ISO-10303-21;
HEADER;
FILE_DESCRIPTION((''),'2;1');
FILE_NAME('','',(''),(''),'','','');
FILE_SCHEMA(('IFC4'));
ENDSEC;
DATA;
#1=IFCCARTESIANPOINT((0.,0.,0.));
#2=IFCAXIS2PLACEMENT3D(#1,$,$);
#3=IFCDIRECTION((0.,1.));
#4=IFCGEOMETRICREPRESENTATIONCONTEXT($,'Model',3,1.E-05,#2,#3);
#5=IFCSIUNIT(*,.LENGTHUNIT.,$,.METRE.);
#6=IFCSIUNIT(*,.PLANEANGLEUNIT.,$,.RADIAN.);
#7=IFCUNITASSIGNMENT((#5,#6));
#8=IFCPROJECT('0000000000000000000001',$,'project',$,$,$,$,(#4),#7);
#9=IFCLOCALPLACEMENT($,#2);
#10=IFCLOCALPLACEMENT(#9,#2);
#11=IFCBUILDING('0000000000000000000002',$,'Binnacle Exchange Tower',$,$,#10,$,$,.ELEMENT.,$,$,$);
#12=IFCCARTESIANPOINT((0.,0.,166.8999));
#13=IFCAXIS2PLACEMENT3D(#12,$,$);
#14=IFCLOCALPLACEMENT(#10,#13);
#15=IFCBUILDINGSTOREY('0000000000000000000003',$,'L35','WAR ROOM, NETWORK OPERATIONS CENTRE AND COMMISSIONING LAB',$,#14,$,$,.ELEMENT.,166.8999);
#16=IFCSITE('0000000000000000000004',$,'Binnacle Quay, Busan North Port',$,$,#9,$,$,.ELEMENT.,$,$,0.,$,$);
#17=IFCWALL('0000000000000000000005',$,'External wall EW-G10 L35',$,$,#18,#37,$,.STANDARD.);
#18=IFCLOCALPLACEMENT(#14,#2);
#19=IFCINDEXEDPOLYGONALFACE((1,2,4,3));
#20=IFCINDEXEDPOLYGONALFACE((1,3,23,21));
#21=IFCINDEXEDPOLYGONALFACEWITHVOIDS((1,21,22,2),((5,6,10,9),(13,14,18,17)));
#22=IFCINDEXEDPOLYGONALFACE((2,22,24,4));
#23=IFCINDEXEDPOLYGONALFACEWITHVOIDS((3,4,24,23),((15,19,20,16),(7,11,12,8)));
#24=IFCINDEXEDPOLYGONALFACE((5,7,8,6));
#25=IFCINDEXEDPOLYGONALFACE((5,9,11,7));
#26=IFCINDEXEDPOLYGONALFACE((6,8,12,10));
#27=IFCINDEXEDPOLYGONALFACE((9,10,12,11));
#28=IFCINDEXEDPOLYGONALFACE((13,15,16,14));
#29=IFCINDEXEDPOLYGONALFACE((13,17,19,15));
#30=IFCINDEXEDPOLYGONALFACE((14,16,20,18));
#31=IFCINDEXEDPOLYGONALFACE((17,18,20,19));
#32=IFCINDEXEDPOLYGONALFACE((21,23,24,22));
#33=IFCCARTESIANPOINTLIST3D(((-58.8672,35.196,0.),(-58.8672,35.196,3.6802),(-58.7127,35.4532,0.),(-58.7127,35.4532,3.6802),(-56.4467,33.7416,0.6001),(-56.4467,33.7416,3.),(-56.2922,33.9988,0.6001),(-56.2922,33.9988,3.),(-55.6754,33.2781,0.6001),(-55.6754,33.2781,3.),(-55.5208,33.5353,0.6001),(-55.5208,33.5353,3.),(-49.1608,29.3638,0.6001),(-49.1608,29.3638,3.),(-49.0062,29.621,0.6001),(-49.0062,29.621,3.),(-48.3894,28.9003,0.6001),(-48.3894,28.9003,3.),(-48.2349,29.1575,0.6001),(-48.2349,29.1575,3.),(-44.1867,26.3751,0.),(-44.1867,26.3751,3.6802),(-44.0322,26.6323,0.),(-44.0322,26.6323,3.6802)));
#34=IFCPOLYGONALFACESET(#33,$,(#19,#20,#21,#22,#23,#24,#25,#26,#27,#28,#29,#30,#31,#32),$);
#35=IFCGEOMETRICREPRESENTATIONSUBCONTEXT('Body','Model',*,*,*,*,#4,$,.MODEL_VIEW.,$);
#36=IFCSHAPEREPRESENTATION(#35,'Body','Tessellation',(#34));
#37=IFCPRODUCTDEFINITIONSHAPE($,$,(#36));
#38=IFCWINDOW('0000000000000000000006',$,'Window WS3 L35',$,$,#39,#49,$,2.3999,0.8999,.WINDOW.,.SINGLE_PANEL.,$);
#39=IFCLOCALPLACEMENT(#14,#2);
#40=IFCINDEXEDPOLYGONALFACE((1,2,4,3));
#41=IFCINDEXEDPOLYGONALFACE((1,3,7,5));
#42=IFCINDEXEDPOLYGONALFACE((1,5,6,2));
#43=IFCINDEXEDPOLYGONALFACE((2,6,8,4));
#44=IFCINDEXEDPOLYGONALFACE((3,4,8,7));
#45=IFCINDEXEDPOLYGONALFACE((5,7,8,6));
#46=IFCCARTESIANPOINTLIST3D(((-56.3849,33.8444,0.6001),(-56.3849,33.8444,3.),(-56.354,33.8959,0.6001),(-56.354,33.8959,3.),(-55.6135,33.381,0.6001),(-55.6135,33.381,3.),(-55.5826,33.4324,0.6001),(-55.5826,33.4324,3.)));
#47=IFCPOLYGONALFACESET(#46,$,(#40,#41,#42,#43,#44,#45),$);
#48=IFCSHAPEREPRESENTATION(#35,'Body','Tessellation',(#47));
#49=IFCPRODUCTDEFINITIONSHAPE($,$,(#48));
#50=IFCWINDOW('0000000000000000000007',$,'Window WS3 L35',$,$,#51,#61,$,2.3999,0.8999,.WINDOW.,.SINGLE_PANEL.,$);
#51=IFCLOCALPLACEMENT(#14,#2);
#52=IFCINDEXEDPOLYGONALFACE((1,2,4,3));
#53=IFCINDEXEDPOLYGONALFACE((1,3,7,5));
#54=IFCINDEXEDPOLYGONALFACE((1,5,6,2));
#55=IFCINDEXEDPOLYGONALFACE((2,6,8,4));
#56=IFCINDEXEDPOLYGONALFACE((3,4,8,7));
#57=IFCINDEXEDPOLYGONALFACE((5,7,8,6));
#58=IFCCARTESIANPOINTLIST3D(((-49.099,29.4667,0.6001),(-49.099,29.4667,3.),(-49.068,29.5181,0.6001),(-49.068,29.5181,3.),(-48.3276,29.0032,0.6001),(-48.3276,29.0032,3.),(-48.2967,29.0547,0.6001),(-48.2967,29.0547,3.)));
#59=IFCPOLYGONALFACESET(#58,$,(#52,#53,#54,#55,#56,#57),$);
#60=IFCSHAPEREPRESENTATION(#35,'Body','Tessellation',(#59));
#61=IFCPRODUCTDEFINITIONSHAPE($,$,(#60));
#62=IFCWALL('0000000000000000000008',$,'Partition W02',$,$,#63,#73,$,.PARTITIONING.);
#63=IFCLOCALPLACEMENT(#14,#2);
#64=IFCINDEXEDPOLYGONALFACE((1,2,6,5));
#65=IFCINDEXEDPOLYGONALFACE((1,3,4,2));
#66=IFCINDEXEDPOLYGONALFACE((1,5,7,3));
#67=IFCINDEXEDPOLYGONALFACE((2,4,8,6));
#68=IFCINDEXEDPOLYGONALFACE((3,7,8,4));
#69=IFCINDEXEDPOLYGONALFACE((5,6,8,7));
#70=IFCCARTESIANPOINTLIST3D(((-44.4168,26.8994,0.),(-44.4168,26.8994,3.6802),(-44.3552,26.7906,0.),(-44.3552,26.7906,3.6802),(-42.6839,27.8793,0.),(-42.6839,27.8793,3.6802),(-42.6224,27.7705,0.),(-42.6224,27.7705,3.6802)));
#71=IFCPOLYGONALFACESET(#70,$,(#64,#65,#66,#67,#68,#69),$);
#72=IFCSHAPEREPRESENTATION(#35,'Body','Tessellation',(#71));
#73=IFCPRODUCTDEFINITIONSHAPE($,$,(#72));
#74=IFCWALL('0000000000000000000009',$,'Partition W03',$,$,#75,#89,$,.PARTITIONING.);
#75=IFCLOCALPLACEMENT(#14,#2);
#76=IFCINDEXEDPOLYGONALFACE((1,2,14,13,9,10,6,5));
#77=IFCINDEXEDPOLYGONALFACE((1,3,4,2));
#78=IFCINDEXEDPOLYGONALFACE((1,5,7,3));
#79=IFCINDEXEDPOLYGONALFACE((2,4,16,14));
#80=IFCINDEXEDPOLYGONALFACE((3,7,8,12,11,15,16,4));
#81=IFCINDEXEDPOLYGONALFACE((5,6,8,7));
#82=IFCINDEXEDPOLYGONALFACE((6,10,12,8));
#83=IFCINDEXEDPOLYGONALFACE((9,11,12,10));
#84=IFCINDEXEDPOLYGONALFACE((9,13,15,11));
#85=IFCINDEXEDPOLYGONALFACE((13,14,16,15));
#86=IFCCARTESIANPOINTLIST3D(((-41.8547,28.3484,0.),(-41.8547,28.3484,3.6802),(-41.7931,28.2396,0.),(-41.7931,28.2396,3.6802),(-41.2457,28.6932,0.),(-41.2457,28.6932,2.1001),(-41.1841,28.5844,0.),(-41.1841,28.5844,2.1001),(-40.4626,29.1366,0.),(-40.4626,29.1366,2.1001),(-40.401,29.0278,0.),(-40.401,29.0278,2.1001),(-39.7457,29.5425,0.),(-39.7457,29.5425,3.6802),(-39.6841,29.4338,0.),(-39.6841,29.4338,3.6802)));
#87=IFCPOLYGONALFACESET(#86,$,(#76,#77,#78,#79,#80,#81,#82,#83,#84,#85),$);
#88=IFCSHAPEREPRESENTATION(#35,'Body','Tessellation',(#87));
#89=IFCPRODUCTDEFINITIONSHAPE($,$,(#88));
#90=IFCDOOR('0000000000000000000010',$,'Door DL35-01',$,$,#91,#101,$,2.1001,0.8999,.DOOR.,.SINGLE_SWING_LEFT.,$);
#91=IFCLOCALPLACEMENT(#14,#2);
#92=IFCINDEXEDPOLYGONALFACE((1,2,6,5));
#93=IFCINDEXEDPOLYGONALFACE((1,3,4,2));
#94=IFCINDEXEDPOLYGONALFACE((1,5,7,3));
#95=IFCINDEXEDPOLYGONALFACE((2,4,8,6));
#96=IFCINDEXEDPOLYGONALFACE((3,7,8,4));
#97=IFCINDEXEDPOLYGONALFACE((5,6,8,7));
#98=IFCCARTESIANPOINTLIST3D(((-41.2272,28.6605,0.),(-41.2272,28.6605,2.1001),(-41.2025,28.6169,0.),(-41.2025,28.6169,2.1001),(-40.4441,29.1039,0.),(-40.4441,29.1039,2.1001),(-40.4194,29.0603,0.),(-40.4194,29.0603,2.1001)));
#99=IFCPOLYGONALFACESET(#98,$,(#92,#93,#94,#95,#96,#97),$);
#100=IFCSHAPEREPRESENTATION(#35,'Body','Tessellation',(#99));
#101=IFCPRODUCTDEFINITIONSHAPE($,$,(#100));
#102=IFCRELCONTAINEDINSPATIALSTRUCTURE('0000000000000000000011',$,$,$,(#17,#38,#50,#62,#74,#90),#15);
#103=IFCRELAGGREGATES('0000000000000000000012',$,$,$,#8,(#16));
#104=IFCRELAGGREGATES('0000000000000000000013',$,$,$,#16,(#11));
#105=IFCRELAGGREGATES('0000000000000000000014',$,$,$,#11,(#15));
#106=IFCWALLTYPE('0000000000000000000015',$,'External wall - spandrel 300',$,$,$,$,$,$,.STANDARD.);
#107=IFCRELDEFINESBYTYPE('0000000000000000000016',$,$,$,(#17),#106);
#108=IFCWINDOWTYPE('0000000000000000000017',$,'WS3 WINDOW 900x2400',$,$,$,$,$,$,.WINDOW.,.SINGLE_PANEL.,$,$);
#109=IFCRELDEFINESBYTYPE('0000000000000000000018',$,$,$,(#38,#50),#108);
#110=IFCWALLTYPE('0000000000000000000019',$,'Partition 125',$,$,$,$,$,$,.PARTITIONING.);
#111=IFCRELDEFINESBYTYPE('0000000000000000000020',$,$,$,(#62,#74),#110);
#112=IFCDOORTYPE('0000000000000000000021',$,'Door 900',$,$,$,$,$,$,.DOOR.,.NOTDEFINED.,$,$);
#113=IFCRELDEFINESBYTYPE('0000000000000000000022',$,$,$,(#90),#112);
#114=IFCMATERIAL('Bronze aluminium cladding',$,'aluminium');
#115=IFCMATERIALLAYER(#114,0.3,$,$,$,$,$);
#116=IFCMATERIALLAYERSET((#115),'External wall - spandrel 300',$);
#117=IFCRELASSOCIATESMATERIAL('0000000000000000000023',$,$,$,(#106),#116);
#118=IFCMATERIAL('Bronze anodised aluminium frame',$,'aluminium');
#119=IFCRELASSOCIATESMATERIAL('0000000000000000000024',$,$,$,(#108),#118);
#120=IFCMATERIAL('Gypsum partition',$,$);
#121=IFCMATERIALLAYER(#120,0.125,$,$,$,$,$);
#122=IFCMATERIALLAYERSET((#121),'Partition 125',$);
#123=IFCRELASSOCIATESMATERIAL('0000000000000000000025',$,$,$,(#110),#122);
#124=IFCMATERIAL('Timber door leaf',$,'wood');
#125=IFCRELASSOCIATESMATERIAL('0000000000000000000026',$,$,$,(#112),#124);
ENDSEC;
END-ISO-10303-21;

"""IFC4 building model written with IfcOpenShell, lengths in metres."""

from ifc_helpers import new_model, si_unit, direction, frame, frame_2d, origin, place, context, subcontext, project, spatial, rectangle, extrude, material, layer, layer_set, type_object, element, fill, save


model = new_model("IFC4")

# Units and contexts
model_context = context("Model", 3, precision=1e-05, world=origin(), true_north=direction((0.0, 1.0)))
body_context = subcontext(model_context, "Body", "Model", "MODEL_VIEW")
ifc_project = project(units=[si_unit("LENGTHUNIT", "METRE"), si_unit("PLANEANGLEUNIT", "RADIAN")], contexts=[model_context])

# Site, building, storey
site_placement = place(None, origin())
site = spatial("IfcSite", under=ifc_project, at=site_placement, Name="Binnacle Quay, Busan North Port", CompositionType="ELEMENT", RefElevation=0.0)
building_placement = place(site_placement, origin())
building = spatial("IfcBuilding", under=site, at=building_placement, Name="Binnacle Exchange Tower", CompositionType="ELEMENT")
storey_placement = place(building_placement, frame((0.0, 0.0, 166.8999)))
storey = spatial("IfcBuildingStorey", under=building, at=storey_placement, Name="L35", Description="WAR ROOM, NETWORK OPERATIONS CENTRE AND COMMISSIONING LAB", CompositionType="ELEMENT", Elevation=166.8999)

# Shared definitions
ifc_material_1 = material(Name="Bronze aluminium cladding", Category="aluminium")
ifc_layer_1 = layer(ifc_material_1, 0.3)
ifc_layer_set_1 = layer_set([ifc_layer_1], Name="External wall - spandrel 300")
wall_type_1 = type_object("IfcWallType", Name="External wall - spandrel 300", PredefinedType="STANDARD", material=ifc_layer_set_1)

# Wall, openings, windows
wall_1_placement = place(storey_placement, frame((-44.1094, 26.5037, 0.0), z_axis=(0.0, 0.0, 1.0), x_axis=(-0.85717, 0.515034, 0.0)))
wall_1 = element("IfcWall", 1, at=wall_1_placement, inside=storey, type_object=wall_type_1, Name="External wall EW-G10 L35", PredefinedType="STANDARD", context=body_context, shape_type="SweptSolid", body=[
    extrude(rectangle(XDim=17.1267, YDim=0.3, at=frame_2d((8.5635, 0.0))), origin(), (0.0, 0.0, 1.0), 3.6802),
])
opening_1_placement = place(wall_1_placement, frame((13.4031, 0.0, 0.6001)))
opening_1 = element("IfcOpeningElement", 2, at=opening_1_placement, cuts=wall_1, PredefinedType="OPENING", context=body_context, shape_type="SweptSolid", body=[
    extrude(rectangle(XDim=0.8999, YDim=2.3999, at=frame_2d((0.45, 1.2))), frame((0.0, 0.1599, 0.0), z_axis=(0.0, -1.0, 0.0), x_axis=(1.0, 0.0, 0.0)), (0.0, 0.0, 1.0), 0.3201),
])
opening_2_placement = place(wall_1_placement, frame((4.9031, 0.0, 0.6001)))
opening_2 = element("IfcOpeningElement", 3, at=opening_2_placement, cuts=wall_1, PredefinedType="OPENING", context=body_context, shape_type="SweptSolid", body=[
    extrude(rectangle(XDim=0.8999, YDim=2.3999, at=frame_2d((0.45, 1.2))), frame((0.0, 0.1599, 0.0), z_axis=(0.0, -1.0, 0.0), x_axis=(1.0, 0.0, 0.0)), (0.0, 0.0, 1.0), 0.3201),
])
ifc_material_2 = material(Name="Bronze anodised aluminium frame", Category="aluminium")
window_type = type_object("IfcWindowType", Name="WS3 WINDOW 900x2400", PartitioningType="SINGLE_PANEL", PredefinedType="WINDOW", material=ifc_material_2)
window_1_placement = place(opening_1_placement, origin())
window_1 = element("IfcWindow", 4, at=window_1_placement, inside=storey, type_object=window_type, Name="Window WS3 L35", OverallHeight=2.3999, OverallWidth=0.8999, PartitioningType="SINGLE_PANEL", PredefinedType="WINDOW", context=body_context, shape_type="SweptSolid", body=[
    extrude(rectangle(XDim=0.8999, YDim=2.3999, at=frame_2d((0.45, 1.2))), frame((0.0, 0.03, 0.0), z_axis=(0.0, -1.0, 0.0), x_axis=(1.0, 0.0, 0.0)), (0.0, 0.0, 1.0), 0.0601),
])
fill(opening_1, window_1)
window_2_placement = place(opening_2_placement, origin())
window_2 = element("IfcWindow", 5, at=window_2_placement, inside=storey, type_object=window_type, Name="Window WS3 L35", OverallHeight=2.3999, OverallWidth=0.8999, PartitioningType="SINGLE_PANEL", PredefinedType="WINDOW", context=body_context, shape_type="SweptSolid", body=[
    extrude(rectangle(XDim=0.8999, YDim=2.3999, at=frame_2d((0.45, 1.2))), frame((0.0, 0.03, 0.0), z_axis=(0.0, -1.0, 0.0), x_axis=(1.0, 0.0, 0.0)), (0.0, 0.0, 1.0), 0.0601),
])
fill(opening_2, window_2)

# Wall
ifc_material_3 = material(Name="Gypsum partition")
ifc_layer_2 = layer(ifc_material_3, 0.125)
ifc_layer_set_2 = layer_set([ifc_layer_2], Name="Partition 125")
wall_type_2 = type_object("IfcWallType", Name="Partition 125", PredefinedType="PARTITIONING", material=ifc_layer_set_2)
wall_2_placement = place(storey_placement, frame((-44.386, 26.845, 0.0), z_axis=(0.0, 0.0, 1.0), x_axis=(0.870453, 0.492251, 0.0)))
element("IfcWall", 6, at=wall_2_placement, inside=storey, type_object=wall_type_2, Name="Partition W02", PredefinedType="PARTITIONING", context=body_context, shape_type="SweptSolid", body=[
    extrude(rectangle(XDim=1.9907, YDim=0.125, at=frame_2d((0.9954, 0.0))), origin(), (0.0, 0.0, 1.0), 3.6802),
])

# Wall, opening, door
wall_3_placement = place(storey_placement, frame((-41.824, 28.2939, 0.0), z_axis=(0.0, 0.0, 1.0), x_axis=(0.870189, 0.492718, 0.0)))
wall_3 = element("IfcWall", 7, at=wall_3_placement, inside=storey, type_object=wall_type_2, Name="Partition W03", PredefinedType="PARTITIONING", context=body_context, shape_type="SweptSolid", body=[
    extrude(rectangle(XDim=2.4236, YDim=0.125, at=frame_2d((1.2119, 0.0))), origin(), (0.0, 0.0, 1.0), 3.6802),
])
opening_3_placement = place(wall_3_placement, frame((0.7, 0.0, 0.0)))
opening_3 = element("IfcOpeningElement", 8, at=opening_3_placement, cuts=wall_3, PredefinedType="OPENING", context=body_context, shape_type="SweptSolid", body=[
    extrude(rectangle(XDim=0.8999, YDim=2.1001, at=frame_2d((0.45, 1.05))), frame((0.0, 0.0725, 0.0), z_axis=(0.0, -1.0, 0.0), x_axis=(1.0, 0.0, 0.0)), (0.0, 0.0, 1.0), 0.145),
])
ifc_material_4 = material(Name="Timber door leaf", Category="wood")
door_type_1 = type_object("IfcDoorType", Name="Door 900", OperationType="NOTDEFINED", PredefinedType="DOOR", material=ifc_material_4)
door_1_placement = place(opening_3_placement, origin())
door_1 = element("IfcDoor", 9, at=door_1_placement, inside=storey, type_object=door_type_1, Name="Door DL35-01", OperationType="SINGLE_SWING_LEFT", OverallHeight=2.1001, OverallWidth=0.8999, PredefinedType="DOOR", context=body_context, shape_type="SweptSolid", body=[
    extrude(rectangle(XDim=0.8999, YDim=2.1001, at=frame_2d((0.45, 1.05))), frame((0.0, 0.0249, 0.0), z_axis=(0.0, -1.0, 0.0), x_axis=(1.0, 0.0, 0.0)), (0.0, 0.0, 1.0), 0.05),
])
fill(opening_3, door_1)

save(model, "model.ifc")
